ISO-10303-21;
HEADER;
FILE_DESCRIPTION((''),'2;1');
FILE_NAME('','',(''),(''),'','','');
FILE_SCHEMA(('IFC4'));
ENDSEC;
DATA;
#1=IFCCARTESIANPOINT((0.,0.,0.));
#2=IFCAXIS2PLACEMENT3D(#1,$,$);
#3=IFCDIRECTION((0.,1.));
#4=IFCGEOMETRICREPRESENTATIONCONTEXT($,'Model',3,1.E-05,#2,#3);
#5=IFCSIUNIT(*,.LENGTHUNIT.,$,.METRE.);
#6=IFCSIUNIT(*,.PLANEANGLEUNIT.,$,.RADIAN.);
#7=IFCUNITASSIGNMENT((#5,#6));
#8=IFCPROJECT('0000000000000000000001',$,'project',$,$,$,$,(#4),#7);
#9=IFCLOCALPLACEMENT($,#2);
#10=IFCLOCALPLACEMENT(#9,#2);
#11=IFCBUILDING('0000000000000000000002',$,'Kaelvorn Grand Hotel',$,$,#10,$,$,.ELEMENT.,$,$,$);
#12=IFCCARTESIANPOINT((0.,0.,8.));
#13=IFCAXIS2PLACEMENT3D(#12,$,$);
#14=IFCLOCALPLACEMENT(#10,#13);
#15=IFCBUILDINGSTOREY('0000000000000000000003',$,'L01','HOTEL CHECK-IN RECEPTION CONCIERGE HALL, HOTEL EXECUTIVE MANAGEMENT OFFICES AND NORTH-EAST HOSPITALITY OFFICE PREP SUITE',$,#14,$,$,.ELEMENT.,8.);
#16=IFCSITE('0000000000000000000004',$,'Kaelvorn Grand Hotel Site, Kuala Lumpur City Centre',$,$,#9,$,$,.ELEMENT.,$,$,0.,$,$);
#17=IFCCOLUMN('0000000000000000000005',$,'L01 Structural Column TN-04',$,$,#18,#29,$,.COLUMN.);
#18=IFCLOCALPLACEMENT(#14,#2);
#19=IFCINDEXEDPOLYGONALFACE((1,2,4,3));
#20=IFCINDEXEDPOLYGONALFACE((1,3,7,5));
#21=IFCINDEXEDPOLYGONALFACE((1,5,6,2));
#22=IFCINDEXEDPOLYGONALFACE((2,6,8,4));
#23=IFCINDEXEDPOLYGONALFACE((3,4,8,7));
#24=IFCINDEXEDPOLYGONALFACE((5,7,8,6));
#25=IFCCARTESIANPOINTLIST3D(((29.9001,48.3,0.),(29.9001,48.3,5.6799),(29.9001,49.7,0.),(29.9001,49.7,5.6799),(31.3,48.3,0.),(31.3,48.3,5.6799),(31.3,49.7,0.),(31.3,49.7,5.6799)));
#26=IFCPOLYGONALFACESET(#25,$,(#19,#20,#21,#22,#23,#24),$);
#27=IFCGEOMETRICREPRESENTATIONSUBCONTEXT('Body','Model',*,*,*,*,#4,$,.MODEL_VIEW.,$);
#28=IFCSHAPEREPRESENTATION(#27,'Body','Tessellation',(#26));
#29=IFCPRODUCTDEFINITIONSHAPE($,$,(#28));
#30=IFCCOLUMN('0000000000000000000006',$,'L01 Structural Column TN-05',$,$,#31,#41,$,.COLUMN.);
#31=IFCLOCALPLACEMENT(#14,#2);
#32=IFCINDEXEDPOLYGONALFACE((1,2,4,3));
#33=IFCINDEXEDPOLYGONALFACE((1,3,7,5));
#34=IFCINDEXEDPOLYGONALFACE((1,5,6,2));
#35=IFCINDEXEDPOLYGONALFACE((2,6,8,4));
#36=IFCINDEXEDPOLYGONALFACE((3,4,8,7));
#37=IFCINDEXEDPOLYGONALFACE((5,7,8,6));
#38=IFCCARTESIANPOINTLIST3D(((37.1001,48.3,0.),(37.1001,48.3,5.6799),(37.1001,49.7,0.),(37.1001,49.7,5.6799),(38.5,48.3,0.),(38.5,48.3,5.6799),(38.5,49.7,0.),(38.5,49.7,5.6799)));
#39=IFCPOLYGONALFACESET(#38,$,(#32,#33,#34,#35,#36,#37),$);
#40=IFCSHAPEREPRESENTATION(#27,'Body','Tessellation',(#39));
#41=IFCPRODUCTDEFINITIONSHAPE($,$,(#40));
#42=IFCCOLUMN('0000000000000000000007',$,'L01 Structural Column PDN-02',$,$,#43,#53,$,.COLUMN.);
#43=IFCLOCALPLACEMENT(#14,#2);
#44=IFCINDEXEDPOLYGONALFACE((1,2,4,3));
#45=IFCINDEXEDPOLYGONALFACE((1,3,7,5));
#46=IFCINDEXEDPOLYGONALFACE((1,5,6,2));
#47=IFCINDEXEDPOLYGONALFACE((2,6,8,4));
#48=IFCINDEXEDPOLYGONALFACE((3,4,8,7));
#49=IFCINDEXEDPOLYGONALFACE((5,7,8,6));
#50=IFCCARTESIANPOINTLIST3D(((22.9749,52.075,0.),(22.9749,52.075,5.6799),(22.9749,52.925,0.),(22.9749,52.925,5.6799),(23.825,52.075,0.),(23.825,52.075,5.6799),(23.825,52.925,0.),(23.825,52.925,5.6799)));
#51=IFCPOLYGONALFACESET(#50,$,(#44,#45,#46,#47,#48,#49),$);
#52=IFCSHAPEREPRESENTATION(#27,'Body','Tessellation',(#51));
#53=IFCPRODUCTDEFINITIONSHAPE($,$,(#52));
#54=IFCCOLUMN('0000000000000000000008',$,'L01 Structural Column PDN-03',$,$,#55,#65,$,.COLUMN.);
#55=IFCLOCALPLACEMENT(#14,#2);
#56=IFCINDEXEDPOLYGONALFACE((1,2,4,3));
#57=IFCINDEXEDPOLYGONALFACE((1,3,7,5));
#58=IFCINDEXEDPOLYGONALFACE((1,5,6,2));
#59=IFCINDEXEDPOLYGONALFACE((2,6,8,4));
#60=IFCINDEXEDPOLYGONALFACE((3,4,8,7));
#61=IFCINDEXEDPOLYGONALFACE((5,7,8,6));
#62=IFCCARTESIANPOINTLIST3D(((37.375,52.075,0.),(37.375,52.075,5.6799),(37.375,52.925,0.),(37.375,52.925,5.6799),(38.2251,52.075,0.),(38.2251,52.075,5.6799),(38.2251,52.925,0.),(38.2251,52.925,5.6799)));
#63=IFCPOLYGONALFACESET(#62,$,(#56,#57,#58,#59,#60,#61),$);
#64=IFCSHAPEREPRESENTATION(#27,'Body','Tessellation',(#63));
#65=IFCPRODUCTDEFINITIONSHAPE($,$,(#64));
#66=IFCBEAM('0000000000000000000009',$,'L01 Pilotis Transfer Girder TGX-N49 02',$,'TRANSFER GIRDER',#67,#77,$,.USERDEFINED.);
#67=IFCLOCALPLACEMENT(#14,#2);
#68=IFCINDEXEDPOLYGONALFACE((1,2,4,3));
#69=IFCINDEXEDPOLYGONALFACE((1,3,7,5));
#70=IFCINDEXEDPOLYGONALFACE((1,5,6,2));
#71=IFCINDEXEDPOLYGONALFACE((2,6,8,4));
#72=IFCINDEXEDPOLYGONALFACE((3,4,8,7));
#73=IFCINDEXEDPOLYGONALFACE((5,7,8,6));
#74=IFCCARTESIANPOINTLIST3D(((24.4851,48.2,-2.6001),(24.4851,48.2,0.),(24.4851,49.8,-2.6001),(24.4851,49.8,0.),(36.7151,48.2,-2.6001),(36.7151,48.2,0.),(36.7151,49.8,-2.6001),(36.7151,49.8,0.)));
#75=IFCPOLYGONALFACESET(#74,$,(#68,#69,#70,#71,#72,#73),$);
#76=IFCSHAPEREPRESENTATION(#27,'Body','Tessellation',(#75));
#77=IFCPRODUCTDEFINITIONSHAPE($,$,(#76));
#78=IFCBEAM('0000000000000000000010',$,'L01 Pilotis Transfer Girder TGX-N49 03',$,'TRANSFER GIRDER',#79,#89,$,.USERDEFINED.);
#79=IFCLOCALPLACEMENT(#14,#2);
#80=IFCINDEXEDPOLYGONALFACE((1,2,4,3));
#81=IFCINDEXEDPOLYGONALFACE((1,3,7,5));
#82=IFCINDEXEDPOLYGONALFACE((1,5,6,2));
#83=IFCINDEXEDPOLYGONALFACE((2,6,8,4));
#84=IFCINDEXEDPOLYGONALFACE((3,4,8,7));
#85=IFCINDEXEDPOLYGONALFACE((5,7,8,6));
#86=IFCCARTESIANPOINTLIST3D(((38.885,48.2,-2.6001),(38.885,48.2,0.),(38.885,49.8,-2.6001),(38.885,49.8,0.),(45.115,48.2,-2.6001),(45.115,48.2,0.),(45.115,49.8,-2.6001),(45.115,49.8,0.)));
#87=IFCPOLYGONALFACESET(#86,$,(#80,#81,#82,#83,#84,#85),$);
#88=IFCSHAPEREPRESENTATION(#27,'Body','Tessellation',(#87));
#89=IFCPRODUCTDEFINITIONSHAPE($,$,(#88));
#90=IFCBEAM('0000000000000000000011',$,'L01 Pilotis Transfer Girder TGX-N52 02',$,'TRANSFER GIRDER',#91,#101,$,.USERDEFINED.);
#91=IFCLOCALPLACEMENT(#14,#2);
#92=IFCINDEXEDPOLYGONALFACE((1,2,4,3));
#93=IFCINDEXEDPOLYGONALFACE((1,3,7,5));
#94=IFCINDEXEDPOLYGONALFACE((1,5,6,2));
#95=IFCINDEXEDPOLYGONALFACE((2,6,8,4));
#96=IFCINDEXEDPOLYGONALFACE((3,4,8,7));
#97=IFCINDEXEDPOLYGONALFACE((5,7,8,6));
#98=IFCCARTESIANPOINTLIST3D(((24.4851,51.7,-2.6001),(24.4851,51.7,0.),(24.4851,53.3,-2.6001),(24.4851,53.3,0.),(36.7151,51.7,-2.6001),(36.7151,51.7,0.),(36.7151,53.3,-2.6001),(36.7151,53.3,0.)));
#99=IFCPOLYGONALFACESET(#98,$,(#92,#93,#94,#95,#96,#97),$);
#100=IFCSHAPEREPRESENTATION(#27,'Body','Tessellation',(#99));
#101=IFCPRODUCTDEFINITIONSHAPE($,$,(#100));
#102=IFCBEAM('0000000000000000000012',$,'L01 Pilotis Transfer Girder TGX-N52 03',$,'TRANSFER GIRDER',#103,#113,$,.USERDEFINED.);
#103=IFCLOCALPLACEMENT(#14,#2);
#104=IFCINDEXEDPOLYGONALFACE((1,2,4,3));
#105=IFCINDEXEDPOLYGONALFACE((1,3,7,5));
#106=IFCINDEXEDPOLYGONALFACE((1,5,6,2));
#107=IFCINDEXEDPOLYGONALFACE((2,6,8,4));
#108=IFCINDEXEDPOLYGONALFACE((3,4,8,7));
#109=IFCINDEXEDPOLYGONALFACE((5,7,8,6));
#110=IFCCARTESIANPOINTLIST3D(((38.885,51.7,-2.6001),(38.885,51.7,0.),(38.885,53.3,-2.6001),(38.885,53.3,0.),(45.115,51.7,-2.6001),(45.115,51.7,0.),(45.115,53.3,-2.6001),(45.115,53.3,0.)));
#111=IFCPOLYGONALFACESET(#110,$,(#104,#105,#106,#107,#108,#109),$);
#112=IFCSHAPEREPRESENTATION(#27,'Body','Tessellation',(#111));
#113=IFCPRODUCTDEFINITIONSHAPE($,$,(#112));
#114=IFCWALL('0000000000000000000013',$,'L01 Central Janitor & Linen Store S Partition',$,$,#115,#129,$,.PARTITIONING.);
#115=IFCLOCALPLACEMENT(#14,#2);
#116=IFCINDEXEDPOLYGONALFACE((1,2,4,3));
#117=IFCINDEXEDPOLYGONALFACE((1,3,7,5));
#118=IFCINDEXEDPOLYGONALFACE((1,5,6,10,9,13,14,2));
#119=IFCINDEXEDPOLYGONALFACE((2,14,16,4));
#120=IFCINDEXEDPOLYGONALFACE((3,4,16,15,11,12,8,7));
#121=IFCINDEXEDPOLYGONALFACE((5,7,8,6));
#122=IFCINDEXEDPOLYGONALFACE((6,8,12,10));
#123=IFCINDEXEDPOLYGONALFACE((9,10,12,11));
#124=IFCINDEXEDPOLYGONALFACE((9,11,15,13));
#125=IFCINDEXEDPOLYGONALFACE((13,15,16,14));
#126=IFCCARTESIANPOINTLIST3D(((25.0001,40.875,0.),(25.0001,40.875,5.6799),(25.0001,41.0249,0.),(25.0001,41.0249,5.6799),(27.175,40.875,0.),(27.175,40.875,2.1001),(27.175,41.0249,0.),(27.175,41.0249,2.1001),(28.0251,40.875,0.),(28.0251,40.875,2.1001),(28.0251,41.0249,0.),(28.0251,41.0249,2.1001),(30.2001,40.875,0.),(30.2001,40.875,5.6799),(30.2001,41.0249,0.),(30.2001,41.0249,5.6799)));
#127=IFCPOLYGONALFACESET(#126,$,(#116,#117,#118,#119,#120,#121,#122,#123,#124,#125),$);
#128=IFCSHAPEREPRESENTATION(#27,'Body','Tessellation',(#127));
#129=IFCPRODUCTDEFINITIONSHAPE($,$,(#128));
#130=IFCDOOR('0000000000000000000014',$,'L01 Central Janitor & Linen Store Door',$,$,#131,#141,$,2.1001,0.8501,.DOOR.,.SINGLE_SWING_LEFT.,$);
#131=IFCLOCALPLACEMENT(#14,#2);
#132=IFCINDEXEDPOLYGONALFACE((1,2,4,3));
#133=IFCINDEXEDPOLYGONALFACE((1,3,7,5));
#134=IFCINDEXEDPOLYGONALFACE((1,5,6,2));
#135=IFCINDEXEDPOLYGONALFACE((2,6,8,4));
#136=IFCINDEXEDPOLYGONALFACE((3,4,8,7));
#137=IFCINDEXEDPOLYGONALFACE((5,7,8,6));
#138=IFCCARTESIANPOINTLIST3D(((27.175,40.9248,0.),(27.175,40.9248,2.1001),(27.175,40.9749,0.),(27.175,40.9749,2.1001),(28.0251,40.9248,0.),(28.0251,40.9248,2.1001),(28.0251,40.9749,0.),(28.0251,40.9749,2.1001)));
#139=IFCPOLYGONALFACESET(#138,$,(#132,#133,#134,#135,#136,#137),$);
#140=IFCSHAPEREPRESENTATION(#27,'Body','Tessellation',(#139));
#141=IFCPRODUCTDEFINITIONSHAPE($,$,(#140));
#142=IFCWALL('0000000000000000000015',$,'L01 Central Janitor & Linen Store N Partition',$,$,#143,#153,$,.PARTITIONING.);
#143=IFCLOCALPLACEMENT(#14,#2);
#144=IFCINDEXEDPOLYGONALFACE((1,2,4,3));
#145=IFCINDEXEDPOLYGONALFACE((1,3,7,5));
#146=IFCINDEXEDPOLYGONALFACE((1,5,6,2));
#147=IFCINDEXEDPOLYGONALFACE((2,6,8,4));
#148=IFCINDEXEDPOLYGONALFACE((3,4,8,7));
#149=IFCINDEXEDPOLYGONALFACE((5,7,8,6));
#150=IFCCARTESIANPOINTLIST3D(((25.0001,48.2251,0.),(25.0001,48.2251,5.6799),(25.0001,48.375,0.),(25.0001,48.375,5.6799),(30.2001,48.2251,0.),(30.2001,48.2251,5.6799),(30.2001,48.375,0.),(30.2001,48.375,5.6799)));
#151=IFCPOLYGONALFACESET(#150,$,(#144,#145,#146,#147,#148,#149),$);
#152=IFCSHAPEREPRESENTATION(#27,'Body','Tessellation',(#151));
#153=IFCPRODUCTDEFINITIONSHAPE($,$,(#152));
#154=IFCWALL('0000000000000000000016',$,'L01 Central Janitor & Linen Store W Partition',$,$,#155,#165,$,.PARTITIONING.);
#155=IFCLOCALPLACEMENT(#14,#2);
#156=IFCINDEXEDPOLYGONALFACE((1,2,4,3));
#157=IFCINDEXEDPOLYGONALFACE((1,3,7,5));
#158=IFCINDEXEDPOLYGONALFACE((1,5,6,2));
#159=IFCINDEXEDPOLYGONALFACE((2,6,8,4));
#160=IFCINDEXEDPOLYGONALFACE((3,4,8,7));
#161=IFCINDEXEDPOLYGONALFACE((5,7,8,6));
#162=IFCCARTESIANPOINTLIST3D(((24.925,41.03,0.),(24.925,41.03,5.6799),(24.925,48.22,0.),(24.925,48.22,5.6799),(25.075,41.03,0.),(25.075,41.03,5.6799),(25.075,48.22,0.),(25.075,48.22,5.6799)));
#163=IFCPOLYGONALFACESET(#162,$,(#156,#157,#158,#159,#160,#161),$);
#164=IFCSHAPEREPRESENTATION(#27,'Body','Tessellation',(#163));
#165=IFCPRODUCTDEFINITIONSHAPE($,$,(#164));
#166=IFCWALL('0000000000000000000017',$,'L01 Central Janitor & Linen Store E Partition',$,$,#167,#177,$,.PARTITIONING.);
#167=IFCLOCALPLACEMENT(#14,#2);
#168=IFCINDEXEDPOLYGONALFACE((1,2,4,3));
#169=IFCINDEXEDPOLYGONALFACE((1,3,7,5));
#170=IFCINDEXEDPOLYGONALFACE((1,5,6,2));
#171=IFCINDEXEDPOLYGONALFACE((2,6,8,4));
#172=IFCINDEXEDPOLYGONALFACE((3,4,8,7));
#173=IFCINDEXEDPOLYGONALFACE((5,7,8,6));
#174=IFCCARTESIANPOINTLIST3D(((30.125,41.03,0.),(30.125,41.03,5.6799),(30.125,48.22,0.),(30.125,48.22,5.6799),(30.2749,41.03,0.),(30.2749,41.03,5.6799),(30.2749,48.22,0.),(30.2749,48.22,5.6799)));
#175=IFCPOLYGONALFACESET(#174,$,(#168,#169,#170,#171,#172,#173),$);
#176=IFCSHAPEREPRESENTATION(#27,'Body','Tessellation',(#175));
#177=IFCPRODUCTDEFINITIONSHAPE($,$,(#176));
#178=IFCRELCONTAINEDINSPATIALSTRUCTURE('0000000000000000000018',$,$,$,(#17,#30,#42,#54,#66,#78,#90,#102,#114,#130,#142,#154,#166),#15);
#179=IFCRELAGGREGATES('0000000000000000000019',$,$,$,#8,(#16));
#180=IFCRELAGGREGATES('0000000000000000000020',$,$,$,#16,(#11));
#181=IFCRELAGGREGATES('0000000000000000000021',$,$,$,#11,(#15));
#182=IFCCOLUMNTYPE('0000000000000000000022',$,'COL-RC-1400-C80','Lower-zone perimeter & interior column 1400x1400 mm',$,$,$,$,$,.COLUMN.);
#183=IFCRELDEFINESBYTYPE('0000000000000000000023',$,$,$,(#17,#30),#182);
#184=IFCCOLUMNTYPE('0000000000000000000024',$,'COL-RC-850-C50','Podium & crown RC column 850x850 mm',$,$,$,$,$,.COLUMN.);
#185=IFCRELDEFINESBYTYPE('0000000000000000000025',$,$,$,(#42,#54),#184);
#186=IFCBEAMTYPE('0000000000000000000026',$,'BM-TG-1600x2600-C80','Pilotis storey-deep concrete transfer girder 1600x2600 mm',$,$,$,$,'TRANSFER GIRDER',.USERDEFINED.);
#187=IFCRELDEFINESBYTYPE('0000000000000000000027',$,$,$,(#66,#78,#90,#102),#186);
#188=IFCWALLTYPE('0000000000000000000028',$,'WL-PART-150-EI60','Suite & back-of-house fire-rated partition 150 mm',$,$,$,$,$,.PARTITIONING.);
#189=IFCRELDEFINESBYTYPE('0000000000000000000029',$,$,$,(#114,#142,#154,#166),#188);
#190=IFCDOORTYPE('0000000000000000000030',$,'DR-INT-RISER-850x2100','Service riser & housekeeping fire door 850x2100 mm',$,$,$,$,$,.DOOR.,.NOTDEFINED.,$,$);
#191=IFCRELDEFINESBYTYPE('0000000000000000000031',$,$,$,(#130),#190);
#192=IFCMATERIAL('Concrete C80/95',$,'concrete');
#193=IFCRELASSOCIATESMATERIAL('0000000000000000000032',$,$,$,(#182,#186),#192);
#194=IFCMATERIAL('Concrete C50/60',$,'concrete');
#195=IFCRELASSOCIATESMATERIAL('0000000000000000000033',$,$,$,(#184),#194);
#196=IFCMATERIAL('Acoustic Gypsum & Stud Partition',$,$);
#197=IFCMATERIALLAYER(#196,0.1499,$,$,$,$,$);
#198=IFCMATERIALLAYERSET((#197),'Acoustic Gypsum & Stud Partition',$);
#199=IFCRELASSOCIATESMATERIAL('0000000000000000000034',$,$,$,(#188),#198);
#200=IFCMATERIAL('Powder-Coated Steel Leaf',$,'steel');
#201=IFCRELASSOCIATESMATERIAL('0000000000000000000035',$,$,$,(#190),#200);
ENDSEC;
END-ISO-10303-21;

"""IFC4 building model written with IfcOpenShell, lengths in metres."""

from ifc_helpers import new_model, si_unit, direction, frame, frame_2d, origin, origin_2d, place, context, subcontext, project, spatial, rectangle, extrude, material, layer, layer_set, material_profile, profile_set, type_object, element, fill, save


model = new_model("IFC4")

# Units and contexts
model_context = context("Model", 3, precision=1e-05, world=origin(), true_north=direction((0.0, 1.0)))
body_context = subcontext(model_context, "Body", "Model", "MODEL_VIEW")
ifc_project = project(units=[si_unit("LENGTHUNIT", "METRE"), si_unit("PLANEANGLEUNIT", "RADIAN")], contexts=[model_context])

# Site, building, storey
site_placement = place(None, origin())
site = spatial("IfcSite", under=ifc_project, at=site_placement, Name="Kaelvorn Grand Hotel Site, Kuala Lumpur City Centre", CompositionType="ELEMENT", RefElevation=0.0)
building_placement = place(site_placement, origin())
building = spatial("IfcBuilding", under=site, at=building_placement, Name="Kaelvorn Grand Hotel", CompositionType="ELEMENT")
storey_placement = place(building_placement, frame((0.0, 0.0, 8.0)))
storey = spatial("IfcBuildingStorey", under=building, at=storey_placement, Name="L01", Description="HOTEL CHECK-IN RECEPTION CONCIERGE HALL, HOTEL EXECUTIVE MANAGEMENT OFFICES AND NORTH-EAST HOSPITALITY OFFICE PREP SUITE", CompositionType="ELEMENT", Elevation=8.0)

# Columns
ifc_material_1 = material(Name="Concrete C80/95", Category="concrete")
ifc_material_profile_1 = material_profile(ifc_material_1, rectangle(XDim=1.3999, YDim=1.3999, at=origin_2d()), Name="RC COL 1400x1400")
ifc_profile_set_1 = profile_set([ifc_material_profile_1], Name="Concrete C80/95")
column_type_1 = type_object("IfcColumnType", Name="COL-RC-1400-C80", Description="Lower-zone perimeter & interior column 1400x1400 mm", PredefinedType="COLUMN", material=ifc_profile_set_1)
for number, where, z_axis, x_axis, name in (
    (1, (30.6001, 49.0, 0.0), (0.0, 0.0, 1.0), (1.0, 0.0, 0.0), "L01 Structural Column TN-04"),
    (2, (37.8, 49.0, 0.0), (0.0, 0.0, 1.0), (1.0, 0.0, 0.0), "L01 Structural Column TN-05"),
):
    element("IfcColumn", number, at=place(storey_placement, frame(where, z_axis=z_axis, x_axis=x_axis)), inside=storey, type_object=column_type_1, Name=name, PredefinedType="COLUMN", context=body_context, shape_type="SweptSolid", body=[
        extrude(rectangle(XDim=1.3999, YDim=1.3999, at=origin_2d()), origin(), (0.0, 0.0, 1.0), 5.6799),
    ])
ifc_material_2 = material(Name="Concrete C50/60", Category="concrete")
ifc_material_profile_2 = material_profile(ifc_material_2, rectangle(XDim=0.8501, YDim=0.8501, at=origin_2d()), Name="RC COL 850x850")
ifc_profile_set_2 = profile_set([ifc_material_profile_2], Name="Concrete C50/60")
column_type_2 = type_object("IfcColumnType", Name="COL-RC-850-C50", Description="Podium & crown RC column 850x850 mm", PredefinedType="COLUMN", material=ifc_profile_set_2)
for number, where, z_axis, x_axis, name in (
    (3, (23.3999, 52.5, 0.0), (0.0, 0.0, 1.0), (1.0, 0.0, 0.0), "L01 Structural Column PDN-02"),
    (4, (37.8, 52.5, 0.0), (0.0, 0.0, 1.0), (1.0, 0.0, 0.0), "L01 Structural Column PDN-03"),
):
    element("IfcColumn", number, at=place(storey_placement, frame(where, z_axis=z_axis, x_axis=x_axis)), inside=storey, type_object=column_type_2, Name=name, PredefinedType="COLUMN", context=body_context, shape_type="SweptSolid", body=[
        extrude(rectangle(XDim=0.8501, YDim=0.8501, at=origin_2d()), origin(), (0.0, 0.0, 1.0), 5.6799),
    ])

# Beams
ifc_material_profile_3 = material_profile(ifc_material_1, rectangle(XDim=1.6001, YDim=2.6001, at=origin_2d()), Name="RC TG 1600x2600")
ifc_profile_set_3 = profile_set([ifc_material_profile_3], Name="Concrete C80/95")
beam_type = type_object("IfcBeamType", Name="BM-TG-1600x2600-C80", Description="Pilotis storey-deep concrete transfer girder 1600x2600 mm", ElementType="TRANSFER GIRDER", PredefinedType="USERDEFINED", material=ifc_profile_set_3)
beam_1_placement = place(storey_placement, frame((24.4851, 49.0, -1.3), z_axis=(1.0, 0.0, 0.0), x_axis=(0.0, 1.0, 0.0)))
element("IfcBeam", 5, at=beam_1_placement, inside=storey, type_object=beam_type, Name="L01 Pilotis Transfer Girder TGX-N49 02", ObjectType="TRANSFER GIRDER", PredefinedType="USERDEFINED", context=body_context, shape_type="SweptSolid", body=[
    extrude(rectangle(XDim=1.6001, YDim=2.6001, at=origin_2d()), origin(), (0.0, 0.0, 1.0), 12.23),
])
beam_2_placement = place(storey_placement, frame((38.885, 49.0, -1.3), z_axis=(1.0, 0.0, 0.0), x_axis=(0.0, 1.0, 0.0)))
element("IfcBeam", 6, at=beam_2_placement, inside=storey, type_object=beam_type, Name="L01 Pilotis Transfer Girder TGX-N49 03", ObjectType="TRANSFER GIRDER", PredefinedType="USERDEFINED", context=body_context, shape_type="SweptSolid", body=[
    extrude(rectangle(XDim=1.6001, YDim=2.6001, at=origin_2d()), origin(), (0.0, 0.0, 1.0), 6.23),
])
beam_3_placement = place(storey_placement, frame((24.4851, 52.5, -1.3), z_axis=(1.0, 0.0, 0.0), x_axis=(0.0, 1.0, 0.0)))
element("IfcBeam", 7, at=beam_3_placement, inside=storey, type_object=beam_type, Name="L01 Pilotis Transfer Girder TGX-N52 02", ObjectType="TRANSFER GIRDER", PredefinedType="USERDEFINED", context=body_context, shape_type="SweptSolid", body=[
    extrude(rectangle(XDim=1.6001, YDim=2.6001, at=origin_2d()), origin(), (0.0, 0.0, 1.0), 12.23),
])
beam_4_placement = place(storey_placement, frame((38.885, 52.5, -1.3), z_axis=(1.0, 0.0, 0.0), x_axis=(0.0, 1.0, 0.0)))
element("IfcBeam", 8, at=beam_4_placement, inside=storey, type_object=beam_type, Name="L01 Pilotis Transfer Girder TGX-N52 03", ObjectType="TRANSFER GIRDER", PredefinedType="USERDEFINED", context=body_context, shape_type="SweptSolid", body=[
    extrude(rectangle(XDim=1.6001, YDim=2.6001, at=origin_2d()), origin(), (0.0, 0.0, 1.0), 6.23),
])

# Wall, opening, door
ifc_material_3 = material(Name="Acoustic Gypsum & Stud Partition")
ifc_layer_1 = layer(ifc_material_3, 0.1499)
ifc_layer_set_1 = layer_set([ifc_layer_1], Name="Acoustic Gypsum & Stud Partition")
wall_type_1 = type_object("IfcWallType", Name="WL-PART-150-EI60", Description="Suite & back-of-house fire-rated partition 150 mm", PredefinedType="PARTITIONING", material=ifc_layer_set_1)
wall_1_placement = place(storey_placement, frame((25.0, 40.95, 0.0), z_axis=(0.0, 0.0, 1.0), x_axis=(1.0, 0.0, 0.0)))
wall_1 = element("IfcWall", 9, at=wall_1_placement, inside=storey, type_object=wall_type_1, Name="L01 Central Janitor & Linen Store S Partition", PredefinedType="PARTITIONING", context=body_context, shape_type="SweptSolid", body=[
    extrude(rectangle(XDim=5.2, YDim=0.1499, at=frame_2d((2.6001, 0.0))), origin(), (0.0, 0.0, 1.0), 5.6799),
])
opening_1_placement = place(wall_1_placement, frame((2.175, 0.0, 0.0)))
opening_1 = element("IfcOpeningElement", 10, at=opening_1_placement, cuts=wall_1, PredefinedType="OPENING", context=body_context, shape_type="SweptSolid", body=[
    extrude(rectangle(XDim=0.8501, YDim=2.1001, at=frame_2d((0.425, 1.05))), frame((0.0, 0.085, 0.0), z_axis=(0.0, -1.0, 0.0), x_axis=(1.0, 0.0, 0.0)), (0.0, 0.0, 1.0), 0.1699),
])
ifc_material_4 = material(Name="Powder-Coated Steel Leaf", Category="steel")
door_type_1 = type_object("IfcDoorType", Name="DR-INT-RISER-850x2100", Description="Service riser & housekeeping fire door 850x2100 mm", OperationType="NOTDEFINED", PredefinedType="DOOR", material=ifc_material_4)
door_1_placement = place(opening_1_placement, origin())
door_1 = element("IfcDoor", 11, at=door_1_placement, inside=storey, type_object=door_type_1, Name="L01 Central Janitor & Linen Store Door", OperationType="SINGLE_SWING_LEFT", OverallHeight=2.1001, OverallWidth=0.8501, PredefinedType="DOOR", context=body_context, shape_type="SweptSolid", body=[
    extrude(rectangle(XDim=0.8501, YDim=2.1001, at=frame_2d((0.425, 1.05))), frame((0.0, 0.0249, 0.0), z_axis=(0.0, -1.0, 0.0), x_axis=(1.0, 0.0, 0.0)), (0.0, 0.0, 1.0), 0.05),
])
fill(opening_1, door_1)

# Walls
wall_2_placement = place(storey_placement, frame((25.0, 48.3, 0.0), z_axis=(0.0, 0.0, 1.0), x_axis=(1.0, 0.0, 0.0)))
element("IfcWall", 12, at=wall_2_placement, inside=storey, type_object=wall_type_1, Name="L01 Central Janitor & Linen Store N Partition", PredefinedType="PARTITIONING", context=body_context, shape_type="SweptSolid", body=[
    extrude(rectangle(XDim=5.2, YDim=0.1499, at=frame_2d((2.6001, 0.0))), origin(), (0.0, 0.0, 1.0), 5.6799),
])
for number, where, z_axis, x_axis, name in (
    (13, (25.0, 41.03, 0.0), (0.0, 0.0, 1.0), (0.0, 1.0, 0.0), "L01 Central Janitor & Linen Store W Partition"),
    (14, (30.2, 41.03, 0.0), (0.0, 0.0, 1.0), (0.0, 1.0, 0.0), "L01 Central Janitor & Linen Store E Partition"),
):
    element("IfcWall", number, at=place(storey_placement, frame(where, z_axis=z_axis, x_axis=x_axis)), inside=storey, type_object=wall_type_1, Name=name, PredefinedType="PARTITIONING", context=body_context, shape_type="SweptSolid", body=[
        extrude(rectangle(XDim=7.1899, YDim=0.1499, at=frame_2d((3.595, 0.0))), origin(), (0.0, 0.0, 1.0), 5.6799),
    ])

save(model, "model.ifc")
